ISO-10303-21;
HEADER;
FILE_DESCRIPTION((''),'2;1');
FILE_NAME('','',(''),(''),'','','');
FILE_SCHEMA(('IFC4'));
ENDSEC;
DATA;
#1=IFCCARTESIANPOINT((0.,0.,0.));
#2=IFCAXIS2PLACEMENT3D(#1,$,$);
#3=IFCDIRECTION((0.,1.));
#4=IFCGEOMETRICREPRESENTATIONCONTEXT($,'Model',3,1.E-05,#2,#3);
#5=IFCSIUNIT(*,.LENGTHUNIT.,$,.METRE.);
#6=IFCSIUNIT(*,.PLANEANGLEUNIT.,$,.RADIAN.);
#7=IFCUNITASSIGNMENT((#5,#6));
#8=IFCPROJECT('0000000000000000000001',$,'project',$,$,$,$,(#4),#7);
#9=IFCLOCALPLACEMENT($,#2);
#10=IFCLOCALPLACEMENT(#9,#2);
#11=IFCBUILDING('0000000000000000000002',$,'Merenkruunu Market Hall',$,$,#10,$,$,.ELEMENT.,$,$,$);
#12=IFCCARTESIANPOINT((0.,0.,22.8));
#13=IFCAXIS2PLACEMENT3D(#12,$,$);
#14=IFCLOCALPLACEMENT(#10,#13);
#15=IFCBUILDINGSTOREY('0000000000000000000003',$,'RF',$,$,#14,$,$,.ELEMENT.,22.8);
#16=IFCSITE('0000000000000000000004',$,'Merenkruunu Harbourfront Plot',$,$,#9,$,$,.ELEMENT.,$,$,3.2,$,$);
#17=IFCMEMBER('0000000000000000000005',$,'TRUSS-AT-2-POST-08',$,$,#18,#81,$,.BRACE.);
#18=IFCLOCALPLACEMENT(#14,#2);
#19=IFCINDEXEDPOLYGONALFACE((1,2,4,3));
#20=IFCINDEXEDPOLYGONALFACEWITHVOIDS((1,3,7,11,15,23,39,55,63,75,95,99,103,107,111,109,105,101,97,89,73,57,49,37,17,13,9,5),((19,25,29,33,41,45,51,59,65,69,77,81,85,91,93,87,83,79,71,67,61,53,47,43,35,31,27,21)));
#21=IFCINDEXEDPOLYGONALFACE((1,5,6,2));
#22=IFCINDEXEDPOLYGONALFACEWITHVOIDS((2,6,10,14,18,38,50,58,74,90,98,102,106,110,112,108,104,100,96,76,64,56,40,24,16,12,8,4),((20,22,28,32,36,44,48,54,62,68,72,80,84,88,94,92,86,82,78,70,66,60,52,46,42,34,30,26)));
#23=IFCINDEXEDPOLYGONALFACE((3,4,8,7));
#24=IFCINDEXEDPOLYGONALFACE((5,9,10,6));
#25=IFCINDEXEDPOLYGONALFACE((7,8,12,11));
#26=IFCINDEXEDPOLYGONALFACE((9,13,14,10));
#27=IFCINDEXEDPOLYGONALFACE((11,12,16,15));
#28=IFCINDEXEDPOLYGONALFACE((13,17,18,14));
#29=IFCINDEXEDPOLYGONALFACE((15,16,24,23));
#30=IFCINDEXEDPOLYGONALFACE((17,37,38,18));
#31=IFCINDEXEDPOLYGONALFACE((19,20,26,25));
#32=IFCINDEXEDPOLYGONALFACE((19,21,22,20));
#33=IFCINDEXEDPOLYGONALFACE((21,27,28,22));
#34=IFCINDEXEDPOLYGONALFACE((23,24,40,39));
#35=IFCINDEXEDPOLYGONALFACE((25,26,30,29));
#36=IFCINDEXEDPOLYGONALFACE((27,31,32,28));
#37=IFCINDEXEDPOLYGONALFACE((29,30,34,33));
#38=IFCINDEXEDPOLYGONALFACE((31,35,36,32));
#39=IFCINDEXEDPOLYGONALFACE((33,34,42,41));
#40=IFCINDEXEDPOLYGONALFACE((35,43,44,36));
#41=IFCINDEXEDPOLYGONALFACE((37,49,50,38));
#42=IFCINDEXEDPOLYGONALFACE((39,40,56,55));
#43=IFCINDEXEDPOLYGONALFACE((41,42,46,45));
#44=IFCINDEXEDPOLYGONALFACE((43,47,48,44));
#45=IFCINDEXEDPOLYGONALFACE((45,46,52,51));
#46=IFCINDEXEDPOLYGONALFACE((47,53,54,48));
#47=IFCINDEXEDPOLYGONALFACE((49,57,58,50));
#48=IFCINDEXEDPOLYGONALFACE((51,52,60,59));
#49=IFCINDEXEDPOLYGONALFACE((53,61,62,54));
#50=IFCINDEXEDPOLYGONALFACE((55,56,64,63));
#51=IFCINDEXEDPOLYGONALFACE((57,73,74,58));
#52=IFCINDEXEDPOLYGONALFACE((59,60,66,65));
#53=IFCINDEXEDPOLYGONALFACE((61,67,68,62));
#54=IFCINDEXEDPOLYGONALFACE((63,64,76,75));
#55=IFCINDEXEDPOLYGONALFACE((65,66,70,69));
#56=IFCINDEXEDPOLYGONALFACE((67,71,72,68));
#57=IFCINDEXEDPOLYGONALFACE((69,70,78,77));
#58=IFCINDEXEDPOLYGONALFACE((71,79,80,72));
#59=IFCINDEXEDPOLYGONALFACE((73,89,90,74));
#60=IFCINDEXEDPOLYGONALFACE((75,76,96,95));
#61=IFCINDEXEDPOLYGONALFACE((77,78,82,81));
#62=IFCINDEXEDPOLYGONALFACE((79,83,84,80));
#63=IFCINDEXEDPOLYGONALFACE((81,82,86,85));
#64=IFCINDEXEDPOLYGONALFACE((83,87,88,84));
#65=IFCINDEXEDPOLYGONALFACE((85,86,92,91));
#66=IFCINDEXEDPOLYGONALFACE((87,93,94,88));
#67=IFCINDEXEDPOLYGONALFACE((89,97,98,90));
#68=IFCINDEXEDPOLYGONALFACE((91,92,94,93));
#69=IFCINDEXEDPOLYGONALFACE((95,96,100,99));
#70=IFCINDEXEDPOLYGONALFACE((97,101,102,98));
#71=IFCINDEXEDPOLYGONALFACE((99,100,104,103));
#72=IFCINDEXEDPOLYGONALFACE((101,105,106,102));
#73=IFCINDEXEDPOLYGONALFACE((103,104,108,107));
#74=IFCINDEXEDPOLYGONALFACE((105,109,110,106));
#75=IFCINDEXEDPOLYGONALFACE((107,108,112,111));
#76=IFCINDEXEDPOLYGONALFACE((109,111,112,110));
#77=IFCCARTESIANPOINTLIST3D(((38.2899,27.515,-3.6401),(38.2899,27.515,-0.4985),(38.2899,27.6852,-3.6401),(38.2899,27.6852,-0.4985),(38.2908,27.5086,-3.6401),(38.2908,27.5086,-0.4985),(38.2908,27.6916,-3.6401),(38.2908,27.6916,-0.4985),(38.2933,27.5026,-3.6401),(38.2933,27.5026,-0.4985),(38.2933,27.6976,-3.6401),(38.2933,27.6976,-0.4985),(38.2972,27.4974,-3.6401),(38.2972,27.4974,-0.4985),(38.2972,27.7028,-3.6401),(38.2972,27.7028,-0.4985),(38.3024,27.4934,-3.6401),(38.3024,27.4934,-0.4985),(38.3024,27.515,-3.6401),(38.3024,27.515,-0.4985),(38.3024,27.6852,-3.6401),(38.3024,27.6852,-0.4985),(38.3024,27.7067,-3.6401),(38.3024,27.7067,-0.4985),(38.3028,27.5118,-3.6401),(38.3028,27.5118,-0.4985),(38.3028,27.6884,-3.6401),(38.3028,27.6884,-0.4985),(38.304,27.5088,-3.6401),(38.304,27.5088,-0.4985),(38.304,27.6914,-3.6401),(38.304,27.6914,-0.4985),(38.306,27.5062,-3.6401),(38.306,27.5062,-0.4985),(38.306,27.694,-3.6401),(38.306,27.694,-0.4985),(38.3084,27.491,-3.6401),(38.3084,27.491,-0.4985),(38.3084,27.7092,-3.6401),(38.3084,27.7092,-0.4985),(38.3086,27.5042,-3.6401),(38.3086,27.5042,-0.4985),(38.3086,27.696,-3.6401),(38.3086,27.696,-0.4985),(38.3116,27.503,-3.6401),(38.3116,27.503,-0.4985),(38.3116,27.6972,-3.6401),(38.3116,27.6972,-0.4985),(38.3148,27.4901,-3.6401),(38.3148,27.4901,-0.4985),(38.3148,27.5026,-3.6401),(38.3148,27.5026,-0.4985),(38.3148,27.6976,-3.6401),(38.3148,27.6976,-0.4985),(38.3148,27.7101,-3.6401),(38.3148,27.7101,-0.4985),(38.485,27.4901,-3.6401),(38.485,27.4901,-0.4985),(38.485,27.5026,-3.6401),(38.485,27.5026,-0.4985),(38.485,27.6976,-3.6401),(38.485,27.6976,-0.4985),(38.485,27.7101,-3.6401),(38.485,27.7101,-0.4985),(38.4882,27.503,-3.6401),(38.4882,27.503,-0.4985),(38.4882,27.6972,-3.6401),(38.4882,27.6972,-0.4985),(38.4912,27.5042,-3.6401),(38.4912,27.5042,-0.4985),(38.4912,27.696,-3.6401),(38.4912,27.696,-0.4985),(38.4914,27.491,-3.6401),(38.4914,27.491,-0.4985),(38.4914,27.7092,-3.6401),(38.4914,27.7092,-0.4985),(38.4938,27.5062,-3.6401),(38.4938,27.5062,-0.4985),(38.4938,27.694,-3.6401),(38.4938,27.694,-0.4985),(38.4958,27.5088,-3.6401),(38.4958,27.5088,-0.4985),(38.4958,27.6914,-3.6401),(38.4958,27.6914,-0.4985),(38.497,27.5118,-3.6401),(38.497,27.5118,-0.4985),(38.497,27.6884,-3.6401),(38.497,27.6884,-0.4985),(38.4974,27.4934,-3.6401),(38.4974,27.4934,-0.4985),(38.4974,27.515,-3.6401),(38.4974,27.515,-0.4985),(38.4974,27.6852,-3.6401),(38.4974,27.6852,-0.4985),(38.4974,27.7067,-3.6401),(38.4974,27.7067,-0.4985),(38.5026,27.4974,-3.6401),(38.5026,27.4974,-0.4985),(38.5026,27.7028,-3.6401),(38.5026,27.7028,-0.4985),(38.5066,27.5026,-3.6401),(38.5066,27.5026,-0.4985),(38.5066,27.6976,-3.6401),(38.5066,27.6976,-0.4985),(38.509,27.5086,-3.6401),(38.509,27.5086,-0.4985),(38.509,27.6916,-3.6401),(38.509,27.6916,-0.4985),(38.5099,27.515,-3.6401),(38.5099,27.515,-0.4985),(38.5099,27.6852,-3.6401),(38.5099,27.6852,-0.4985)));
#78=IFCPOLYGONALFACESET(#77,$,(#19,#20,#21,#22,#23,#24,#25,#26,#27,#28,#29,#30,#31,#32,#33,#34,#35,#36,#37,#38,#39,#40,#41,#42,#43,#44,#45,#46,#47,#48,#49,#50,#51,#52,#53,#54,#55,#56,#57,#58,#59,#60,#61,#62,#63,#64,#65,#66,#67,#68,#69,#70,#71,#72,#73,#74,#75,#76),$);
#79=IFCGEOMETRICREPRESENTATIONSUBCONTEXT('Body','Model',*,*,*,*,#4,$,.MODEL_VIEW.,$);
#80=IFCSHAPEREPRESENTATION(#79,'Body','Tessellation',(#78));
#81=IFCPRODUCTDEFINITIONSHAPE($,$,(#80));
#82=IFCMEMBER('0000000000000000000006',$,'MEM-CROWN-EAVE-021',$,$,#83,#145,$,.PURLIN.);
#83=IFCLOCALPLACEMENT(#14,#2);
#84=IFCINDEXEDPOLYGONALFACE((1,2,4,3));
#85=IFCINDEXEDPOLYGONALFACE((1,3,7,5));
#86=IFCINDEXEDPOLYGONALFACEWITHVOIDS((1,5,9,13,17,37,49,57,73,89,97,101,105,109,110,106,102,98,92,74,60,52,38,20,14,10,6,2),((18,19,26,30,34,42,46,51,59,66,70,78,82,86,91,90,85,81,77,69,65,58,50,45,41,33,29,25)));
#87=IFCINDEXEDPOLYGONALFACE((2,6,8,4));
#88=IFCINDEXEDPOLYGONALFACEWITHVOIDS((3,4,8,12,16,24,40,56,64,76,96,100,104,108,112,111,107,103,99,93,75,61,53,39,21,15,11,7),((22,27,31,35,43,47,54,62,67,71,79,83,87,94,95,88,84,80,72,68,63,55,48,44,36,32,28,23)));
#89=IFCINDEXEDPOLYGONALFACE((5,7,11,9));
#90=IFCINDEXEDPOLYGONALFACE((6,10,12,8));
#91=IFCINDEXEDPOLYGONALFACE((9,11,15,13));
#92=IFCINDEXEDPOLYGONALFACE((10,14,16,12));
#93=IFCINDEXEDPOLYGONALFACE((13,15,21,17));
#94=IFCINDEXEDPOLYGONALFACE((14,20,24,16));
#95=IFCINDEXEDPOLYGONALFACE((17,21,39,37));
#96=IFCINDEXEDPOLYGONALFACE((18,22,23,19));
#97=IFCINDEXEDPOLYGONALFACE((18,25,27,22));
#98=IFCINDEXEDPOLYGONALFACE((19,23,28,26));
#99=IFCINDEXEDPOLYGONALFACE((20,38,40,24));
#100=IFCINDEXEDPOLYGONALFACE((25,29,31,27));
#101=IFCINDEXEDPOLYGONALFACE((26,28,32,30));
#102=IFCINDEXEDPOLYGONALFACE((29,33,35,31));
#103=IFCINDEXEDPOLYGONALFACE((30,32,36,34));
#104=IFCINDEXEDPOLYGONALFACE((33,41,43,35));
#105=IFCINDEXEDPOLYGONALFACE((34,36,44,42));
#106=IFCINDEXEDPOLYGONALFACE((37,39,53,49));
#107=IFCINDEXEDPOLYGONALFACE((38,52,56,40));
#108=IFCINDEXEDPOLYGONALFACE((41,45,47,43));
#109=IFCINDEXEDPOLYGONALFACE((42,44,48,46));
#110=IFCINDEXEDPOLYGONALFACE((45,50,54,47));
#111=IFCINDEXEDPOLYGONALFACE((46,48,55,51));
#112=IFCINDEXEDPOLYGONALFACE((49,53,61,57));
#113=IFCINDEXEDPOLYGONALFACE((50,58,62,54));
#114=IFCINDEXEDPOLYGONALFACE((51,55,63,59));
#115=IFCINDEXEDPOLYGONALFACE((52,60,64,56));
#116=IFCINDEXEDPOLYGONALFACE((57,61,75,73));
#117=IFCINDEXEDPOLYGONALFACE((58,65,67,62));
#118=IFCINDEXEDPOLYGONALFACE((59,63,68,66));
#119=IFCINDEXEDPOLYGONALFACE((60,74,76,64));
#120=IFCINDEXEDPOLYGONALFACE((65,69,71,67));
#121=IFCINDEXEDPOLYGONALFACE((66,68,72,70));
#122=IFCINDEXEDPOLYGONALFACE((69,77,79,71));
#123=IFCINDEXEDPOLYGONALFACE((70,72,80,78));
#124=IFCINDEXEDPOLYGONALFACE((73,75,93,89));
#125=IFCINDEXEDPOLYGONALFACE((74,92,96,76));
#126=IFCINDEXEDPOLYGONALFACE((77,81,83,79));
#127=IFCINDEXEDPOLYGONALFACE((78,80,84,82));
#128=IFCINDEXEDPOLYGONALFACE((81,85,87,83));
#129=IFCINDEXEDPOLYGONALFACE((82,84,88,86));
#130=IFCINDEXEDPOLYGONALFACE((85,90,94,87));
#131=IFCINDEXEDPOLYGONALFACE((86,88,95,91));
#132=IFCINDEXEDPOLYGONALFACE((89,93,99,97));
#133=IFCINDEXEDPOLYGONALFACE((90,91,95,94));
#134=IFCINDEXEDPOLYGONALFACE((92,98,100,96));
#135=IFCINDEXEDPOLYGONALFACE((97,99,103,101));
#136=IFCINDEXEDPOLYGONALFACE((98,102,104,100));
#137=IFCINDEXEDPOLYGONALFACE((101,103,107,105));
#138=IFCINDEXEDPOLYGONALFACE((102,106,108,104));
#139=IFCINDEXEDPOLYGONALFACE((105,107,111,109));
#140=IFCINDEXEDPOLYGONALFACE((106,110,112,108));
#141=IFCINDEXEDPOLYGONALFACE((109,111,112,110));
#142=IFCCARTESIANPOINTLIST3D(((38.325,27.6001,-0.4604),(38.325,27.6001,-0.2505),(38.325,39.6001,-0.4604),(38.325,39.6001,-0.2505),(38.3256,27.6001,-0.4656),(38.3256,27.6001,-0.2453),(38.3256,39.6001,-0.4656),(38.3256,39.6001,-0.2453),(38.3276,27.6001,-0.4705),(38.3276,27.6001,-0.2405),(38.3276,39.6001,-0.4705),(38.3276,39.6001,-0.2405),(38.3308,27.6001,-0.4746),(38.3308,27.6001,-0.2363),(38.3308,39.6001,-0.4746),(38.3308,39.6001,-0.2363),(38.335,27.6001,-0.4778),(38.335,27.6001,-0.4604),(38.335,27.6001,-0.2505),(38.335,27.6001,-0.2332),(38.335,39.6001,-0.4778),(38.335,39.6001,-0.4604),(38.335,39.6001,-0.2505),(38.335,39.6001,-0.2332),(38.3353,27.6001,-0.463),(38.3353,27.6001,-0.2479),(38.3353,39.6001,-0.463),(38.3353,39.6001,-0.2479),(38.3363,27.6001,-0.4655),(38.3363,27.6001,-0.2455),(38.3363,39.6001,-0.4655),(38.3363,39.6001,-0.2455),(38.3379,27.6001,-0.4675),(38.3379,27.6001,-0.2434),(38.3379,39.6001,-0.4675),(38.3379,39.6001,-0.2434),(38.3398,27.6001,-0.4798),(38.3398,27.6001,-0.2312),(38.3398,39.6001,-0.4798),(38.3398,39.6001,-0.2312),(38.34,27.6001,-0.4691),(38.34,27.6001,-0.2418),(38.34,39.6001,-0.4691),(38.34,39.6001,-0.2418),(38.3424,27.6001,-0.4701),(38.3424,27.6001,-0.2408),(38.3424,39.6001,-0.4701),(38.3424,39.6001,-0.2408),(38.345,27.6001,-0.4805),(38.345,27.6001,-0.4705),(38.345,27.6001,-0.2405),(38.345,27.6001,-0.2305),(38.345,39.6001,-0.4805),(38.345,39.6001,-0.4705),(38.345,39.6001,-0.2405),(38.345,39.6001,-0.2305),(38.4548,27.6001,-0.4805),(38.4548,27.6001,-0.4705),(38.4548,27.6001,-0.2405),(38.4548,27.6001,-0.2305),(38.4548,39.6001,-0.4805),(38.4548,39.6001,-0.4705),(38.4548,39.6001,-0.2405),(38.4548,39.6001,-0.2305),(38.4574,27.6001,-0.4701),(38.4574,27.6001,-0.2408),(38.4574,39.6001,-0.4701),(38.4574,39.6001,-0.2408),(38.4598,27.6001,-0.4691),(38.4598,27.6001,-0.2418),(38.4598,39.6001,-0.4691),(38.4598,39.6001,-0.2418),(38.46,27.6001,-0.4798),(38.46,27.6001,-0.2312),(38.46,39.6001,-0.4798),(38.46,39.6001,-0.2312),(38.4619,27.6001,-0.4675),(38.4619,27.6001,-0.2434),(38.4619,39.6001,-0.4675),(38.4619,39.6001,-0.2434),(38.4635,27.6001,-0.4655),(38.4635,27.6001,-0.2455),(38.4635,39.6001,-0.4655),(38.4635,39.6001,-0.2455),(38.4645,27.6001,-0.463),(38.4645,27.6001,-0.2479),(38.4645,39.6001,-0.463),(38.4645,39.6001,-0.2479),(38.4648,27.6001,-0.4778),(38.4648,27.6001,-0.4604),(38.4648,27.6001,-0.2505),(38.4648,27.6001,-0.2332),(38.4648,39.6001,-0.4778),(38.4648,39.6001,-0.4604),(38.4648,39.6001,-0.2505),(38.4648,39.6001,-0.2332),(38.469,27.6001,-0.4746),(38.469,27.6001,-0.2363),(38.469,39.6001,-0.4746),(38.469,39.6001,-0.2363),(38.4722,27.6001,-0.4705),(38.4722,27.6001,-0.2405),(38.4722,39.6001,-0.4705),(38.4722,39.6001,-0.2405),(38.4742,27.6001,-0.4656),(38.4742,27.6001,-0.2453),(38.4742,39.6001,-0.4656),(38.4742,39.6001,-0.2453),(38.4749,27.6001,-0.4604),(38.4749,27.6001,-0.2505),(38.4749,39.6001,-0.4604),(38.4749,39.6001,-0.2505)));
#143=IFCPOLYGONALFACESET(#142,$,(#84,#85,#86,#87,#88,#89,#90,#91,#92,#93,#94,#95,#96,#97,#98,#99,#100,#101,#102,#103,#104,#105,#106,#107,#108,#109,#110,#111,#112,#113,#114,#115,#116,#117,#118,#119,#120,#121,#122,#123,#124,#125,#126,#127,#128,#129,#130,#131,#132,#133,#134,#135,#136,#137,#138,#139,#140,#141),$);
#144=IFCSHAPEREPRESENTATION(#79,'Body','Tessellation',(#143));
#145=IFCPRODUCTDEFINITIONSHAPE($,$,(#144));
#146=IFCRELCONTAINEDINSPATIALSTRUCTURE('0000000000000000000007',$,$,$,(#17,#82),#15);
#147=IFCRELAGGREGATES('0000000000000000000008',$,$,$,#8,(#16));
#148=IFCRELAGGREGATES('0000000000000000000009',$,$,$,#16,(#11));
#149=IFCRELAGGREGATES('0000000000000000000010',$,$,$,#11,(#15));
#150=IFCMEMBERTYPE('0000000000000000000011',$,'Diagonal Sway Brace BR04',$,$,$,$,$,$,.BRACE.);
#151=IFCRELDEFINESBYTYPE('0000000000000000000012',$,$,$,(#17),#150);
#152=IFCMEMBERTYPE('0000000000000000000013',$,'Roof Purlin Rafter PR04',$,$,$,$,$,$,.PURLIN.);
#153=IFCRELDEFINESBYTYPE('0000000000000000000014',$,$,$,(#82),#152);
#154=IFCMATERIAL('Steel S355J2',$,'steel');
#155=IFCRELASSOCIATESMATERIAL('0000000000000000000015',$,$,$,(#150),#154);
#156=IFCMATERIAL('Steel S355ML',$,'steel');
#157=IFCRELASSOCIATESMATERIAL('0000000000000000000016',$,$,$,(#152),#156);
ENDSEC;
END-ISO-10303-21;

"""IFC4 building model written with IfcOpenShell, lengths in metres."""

from ifc_helpers import new_model, si_unit, direction, frame, origin, origin_2d, place, context, subcontext, project, spatial, hollow_rectangle, extrude, material, material_profile, profile_set, type_object, element, save


model = new_model("IFC4")

# Units and contexts
model_context = context("Model", 3, precision=1e-05, world=origin(), true_north=direction((0.0, 1.0)))
body_context = subcontext(model_context, "Body", "Model", "MODEL_VIEW")
ifc_project = project(units=[si_unit("LENGTHUNIT", "METRE"), si_unit("PLANEANGLEUNIT", "RADIAN")], contexts=[model_context])

# Site, building, storey
site_placement = place(None, origin())
site = spatial("IfcSite", under=ifc_project, at=site_placement, Name="Merenkruunu Harbourfront Plot", CompositionType="ELEMENT", RefElevation=3.2)
building_placement = place(site_placement, origin())
building = spatial("IfcBuilding", under=site, at=building_placement, Name="Merenkruunu Market Hall", CompositionType="ELEMENT")
storey_placement = place(building_placement, frame((0.0, 0.0, 22.8)))
storey = spatial("IfcBuildingStorey", under=building, at=storey_placement, Name="RF", CompositionType="ELEMENT", Elevation=22.8)

# Shared definitions
ifc_material_1 = material(Name="Steel S355ML", Category="steel")

# Members
ifc_material_2 = material(Name="Steel S355J2", Category="steel")
ifc_material_profile_1 = material_profile(ifc_material_2, hollow_rectangle(XDim=0.22, YDim=0.22, WallThickness=0.0125, InnerFilletRadius=0.0125, OuterFilletRadius=0.0249, at=origin_2d()), Name="SHS 220x220x12.5")
ifc_profile_set_1 = profile_set([ifc_material_profile_1], Name="Steel S355J2")
member_type_1 = type_object("IfcMemberType", Name="Diagonal Sway Brace BR04", PredefinedType="BRACE", material=ifc_profile_set_1)
member_1_placement = place(storey_placement, frame((38.3999, 27.6001, -3.6401), z_axis=(0.0, 0.0, 1.0), x_axis=(1.0, 0.0, 0.0)))
element("IfcMember", 1, at=member_1_placement, inside=storey, type_object=member_type_1, Name="TRUSS-AT-2-POST-08", PredefinedType="BRACE", context=body_context, shape_type="SweptSolid", body=[
    extrude(hollow_rectangle(XDim=0.22, YDim=0.22, WallThickness=0.0125, InnerFilletRadius=0.0125, OuterFilletRadius=0.0249, at=origin_2d()), origin(), (0.0, 0.0, 1.0), 3.1416),
])
ifc_material_profile_2 = material_profile(ifc_material_1, hollow_rectangle(XDim=0.1499, YDim=0.25, WallThickness=0.01, InnerFilletRadius=0.01, OuterFilletRadius=0.02, at=origin_2d()), Name="RHS 250x150x10")
ifc_profile_set_2 = profile_set([ifc_material_profile_2], Name="Steel S355ML")
member_type_2 = type_object("IfcMemberType", Name="Roof Purlin Rafter PR04", PredefinedType="PURLIN", material=ifc_profile_set_2)
member_2_placement = place(storey_placement, frame((38.3999, 27.6001, -0.3555), z_axis=(0.0, 1.0, 0.0), x_axis=(-1.0, 0.0, 0.0)))
element("IfcMember", 2, at=member_2_placement, inside=storey, type_object=member_type_2, Name="MEM-CROWN-EAVE-021", PredefinedType="PURLIN", context=body_context, shape_type="SweptSolid", body=[
    extrude(hollow_rectangle(XDim=0.1499, YDim=0.25, WallThickness=0.01, InnerFilletRadius=0.01, OuterFilletRadius=0.02, at=origin_2d()), origin(), (0.0, 0.0, 1.0), 12.0),
])

save(model, "model.ifc")
